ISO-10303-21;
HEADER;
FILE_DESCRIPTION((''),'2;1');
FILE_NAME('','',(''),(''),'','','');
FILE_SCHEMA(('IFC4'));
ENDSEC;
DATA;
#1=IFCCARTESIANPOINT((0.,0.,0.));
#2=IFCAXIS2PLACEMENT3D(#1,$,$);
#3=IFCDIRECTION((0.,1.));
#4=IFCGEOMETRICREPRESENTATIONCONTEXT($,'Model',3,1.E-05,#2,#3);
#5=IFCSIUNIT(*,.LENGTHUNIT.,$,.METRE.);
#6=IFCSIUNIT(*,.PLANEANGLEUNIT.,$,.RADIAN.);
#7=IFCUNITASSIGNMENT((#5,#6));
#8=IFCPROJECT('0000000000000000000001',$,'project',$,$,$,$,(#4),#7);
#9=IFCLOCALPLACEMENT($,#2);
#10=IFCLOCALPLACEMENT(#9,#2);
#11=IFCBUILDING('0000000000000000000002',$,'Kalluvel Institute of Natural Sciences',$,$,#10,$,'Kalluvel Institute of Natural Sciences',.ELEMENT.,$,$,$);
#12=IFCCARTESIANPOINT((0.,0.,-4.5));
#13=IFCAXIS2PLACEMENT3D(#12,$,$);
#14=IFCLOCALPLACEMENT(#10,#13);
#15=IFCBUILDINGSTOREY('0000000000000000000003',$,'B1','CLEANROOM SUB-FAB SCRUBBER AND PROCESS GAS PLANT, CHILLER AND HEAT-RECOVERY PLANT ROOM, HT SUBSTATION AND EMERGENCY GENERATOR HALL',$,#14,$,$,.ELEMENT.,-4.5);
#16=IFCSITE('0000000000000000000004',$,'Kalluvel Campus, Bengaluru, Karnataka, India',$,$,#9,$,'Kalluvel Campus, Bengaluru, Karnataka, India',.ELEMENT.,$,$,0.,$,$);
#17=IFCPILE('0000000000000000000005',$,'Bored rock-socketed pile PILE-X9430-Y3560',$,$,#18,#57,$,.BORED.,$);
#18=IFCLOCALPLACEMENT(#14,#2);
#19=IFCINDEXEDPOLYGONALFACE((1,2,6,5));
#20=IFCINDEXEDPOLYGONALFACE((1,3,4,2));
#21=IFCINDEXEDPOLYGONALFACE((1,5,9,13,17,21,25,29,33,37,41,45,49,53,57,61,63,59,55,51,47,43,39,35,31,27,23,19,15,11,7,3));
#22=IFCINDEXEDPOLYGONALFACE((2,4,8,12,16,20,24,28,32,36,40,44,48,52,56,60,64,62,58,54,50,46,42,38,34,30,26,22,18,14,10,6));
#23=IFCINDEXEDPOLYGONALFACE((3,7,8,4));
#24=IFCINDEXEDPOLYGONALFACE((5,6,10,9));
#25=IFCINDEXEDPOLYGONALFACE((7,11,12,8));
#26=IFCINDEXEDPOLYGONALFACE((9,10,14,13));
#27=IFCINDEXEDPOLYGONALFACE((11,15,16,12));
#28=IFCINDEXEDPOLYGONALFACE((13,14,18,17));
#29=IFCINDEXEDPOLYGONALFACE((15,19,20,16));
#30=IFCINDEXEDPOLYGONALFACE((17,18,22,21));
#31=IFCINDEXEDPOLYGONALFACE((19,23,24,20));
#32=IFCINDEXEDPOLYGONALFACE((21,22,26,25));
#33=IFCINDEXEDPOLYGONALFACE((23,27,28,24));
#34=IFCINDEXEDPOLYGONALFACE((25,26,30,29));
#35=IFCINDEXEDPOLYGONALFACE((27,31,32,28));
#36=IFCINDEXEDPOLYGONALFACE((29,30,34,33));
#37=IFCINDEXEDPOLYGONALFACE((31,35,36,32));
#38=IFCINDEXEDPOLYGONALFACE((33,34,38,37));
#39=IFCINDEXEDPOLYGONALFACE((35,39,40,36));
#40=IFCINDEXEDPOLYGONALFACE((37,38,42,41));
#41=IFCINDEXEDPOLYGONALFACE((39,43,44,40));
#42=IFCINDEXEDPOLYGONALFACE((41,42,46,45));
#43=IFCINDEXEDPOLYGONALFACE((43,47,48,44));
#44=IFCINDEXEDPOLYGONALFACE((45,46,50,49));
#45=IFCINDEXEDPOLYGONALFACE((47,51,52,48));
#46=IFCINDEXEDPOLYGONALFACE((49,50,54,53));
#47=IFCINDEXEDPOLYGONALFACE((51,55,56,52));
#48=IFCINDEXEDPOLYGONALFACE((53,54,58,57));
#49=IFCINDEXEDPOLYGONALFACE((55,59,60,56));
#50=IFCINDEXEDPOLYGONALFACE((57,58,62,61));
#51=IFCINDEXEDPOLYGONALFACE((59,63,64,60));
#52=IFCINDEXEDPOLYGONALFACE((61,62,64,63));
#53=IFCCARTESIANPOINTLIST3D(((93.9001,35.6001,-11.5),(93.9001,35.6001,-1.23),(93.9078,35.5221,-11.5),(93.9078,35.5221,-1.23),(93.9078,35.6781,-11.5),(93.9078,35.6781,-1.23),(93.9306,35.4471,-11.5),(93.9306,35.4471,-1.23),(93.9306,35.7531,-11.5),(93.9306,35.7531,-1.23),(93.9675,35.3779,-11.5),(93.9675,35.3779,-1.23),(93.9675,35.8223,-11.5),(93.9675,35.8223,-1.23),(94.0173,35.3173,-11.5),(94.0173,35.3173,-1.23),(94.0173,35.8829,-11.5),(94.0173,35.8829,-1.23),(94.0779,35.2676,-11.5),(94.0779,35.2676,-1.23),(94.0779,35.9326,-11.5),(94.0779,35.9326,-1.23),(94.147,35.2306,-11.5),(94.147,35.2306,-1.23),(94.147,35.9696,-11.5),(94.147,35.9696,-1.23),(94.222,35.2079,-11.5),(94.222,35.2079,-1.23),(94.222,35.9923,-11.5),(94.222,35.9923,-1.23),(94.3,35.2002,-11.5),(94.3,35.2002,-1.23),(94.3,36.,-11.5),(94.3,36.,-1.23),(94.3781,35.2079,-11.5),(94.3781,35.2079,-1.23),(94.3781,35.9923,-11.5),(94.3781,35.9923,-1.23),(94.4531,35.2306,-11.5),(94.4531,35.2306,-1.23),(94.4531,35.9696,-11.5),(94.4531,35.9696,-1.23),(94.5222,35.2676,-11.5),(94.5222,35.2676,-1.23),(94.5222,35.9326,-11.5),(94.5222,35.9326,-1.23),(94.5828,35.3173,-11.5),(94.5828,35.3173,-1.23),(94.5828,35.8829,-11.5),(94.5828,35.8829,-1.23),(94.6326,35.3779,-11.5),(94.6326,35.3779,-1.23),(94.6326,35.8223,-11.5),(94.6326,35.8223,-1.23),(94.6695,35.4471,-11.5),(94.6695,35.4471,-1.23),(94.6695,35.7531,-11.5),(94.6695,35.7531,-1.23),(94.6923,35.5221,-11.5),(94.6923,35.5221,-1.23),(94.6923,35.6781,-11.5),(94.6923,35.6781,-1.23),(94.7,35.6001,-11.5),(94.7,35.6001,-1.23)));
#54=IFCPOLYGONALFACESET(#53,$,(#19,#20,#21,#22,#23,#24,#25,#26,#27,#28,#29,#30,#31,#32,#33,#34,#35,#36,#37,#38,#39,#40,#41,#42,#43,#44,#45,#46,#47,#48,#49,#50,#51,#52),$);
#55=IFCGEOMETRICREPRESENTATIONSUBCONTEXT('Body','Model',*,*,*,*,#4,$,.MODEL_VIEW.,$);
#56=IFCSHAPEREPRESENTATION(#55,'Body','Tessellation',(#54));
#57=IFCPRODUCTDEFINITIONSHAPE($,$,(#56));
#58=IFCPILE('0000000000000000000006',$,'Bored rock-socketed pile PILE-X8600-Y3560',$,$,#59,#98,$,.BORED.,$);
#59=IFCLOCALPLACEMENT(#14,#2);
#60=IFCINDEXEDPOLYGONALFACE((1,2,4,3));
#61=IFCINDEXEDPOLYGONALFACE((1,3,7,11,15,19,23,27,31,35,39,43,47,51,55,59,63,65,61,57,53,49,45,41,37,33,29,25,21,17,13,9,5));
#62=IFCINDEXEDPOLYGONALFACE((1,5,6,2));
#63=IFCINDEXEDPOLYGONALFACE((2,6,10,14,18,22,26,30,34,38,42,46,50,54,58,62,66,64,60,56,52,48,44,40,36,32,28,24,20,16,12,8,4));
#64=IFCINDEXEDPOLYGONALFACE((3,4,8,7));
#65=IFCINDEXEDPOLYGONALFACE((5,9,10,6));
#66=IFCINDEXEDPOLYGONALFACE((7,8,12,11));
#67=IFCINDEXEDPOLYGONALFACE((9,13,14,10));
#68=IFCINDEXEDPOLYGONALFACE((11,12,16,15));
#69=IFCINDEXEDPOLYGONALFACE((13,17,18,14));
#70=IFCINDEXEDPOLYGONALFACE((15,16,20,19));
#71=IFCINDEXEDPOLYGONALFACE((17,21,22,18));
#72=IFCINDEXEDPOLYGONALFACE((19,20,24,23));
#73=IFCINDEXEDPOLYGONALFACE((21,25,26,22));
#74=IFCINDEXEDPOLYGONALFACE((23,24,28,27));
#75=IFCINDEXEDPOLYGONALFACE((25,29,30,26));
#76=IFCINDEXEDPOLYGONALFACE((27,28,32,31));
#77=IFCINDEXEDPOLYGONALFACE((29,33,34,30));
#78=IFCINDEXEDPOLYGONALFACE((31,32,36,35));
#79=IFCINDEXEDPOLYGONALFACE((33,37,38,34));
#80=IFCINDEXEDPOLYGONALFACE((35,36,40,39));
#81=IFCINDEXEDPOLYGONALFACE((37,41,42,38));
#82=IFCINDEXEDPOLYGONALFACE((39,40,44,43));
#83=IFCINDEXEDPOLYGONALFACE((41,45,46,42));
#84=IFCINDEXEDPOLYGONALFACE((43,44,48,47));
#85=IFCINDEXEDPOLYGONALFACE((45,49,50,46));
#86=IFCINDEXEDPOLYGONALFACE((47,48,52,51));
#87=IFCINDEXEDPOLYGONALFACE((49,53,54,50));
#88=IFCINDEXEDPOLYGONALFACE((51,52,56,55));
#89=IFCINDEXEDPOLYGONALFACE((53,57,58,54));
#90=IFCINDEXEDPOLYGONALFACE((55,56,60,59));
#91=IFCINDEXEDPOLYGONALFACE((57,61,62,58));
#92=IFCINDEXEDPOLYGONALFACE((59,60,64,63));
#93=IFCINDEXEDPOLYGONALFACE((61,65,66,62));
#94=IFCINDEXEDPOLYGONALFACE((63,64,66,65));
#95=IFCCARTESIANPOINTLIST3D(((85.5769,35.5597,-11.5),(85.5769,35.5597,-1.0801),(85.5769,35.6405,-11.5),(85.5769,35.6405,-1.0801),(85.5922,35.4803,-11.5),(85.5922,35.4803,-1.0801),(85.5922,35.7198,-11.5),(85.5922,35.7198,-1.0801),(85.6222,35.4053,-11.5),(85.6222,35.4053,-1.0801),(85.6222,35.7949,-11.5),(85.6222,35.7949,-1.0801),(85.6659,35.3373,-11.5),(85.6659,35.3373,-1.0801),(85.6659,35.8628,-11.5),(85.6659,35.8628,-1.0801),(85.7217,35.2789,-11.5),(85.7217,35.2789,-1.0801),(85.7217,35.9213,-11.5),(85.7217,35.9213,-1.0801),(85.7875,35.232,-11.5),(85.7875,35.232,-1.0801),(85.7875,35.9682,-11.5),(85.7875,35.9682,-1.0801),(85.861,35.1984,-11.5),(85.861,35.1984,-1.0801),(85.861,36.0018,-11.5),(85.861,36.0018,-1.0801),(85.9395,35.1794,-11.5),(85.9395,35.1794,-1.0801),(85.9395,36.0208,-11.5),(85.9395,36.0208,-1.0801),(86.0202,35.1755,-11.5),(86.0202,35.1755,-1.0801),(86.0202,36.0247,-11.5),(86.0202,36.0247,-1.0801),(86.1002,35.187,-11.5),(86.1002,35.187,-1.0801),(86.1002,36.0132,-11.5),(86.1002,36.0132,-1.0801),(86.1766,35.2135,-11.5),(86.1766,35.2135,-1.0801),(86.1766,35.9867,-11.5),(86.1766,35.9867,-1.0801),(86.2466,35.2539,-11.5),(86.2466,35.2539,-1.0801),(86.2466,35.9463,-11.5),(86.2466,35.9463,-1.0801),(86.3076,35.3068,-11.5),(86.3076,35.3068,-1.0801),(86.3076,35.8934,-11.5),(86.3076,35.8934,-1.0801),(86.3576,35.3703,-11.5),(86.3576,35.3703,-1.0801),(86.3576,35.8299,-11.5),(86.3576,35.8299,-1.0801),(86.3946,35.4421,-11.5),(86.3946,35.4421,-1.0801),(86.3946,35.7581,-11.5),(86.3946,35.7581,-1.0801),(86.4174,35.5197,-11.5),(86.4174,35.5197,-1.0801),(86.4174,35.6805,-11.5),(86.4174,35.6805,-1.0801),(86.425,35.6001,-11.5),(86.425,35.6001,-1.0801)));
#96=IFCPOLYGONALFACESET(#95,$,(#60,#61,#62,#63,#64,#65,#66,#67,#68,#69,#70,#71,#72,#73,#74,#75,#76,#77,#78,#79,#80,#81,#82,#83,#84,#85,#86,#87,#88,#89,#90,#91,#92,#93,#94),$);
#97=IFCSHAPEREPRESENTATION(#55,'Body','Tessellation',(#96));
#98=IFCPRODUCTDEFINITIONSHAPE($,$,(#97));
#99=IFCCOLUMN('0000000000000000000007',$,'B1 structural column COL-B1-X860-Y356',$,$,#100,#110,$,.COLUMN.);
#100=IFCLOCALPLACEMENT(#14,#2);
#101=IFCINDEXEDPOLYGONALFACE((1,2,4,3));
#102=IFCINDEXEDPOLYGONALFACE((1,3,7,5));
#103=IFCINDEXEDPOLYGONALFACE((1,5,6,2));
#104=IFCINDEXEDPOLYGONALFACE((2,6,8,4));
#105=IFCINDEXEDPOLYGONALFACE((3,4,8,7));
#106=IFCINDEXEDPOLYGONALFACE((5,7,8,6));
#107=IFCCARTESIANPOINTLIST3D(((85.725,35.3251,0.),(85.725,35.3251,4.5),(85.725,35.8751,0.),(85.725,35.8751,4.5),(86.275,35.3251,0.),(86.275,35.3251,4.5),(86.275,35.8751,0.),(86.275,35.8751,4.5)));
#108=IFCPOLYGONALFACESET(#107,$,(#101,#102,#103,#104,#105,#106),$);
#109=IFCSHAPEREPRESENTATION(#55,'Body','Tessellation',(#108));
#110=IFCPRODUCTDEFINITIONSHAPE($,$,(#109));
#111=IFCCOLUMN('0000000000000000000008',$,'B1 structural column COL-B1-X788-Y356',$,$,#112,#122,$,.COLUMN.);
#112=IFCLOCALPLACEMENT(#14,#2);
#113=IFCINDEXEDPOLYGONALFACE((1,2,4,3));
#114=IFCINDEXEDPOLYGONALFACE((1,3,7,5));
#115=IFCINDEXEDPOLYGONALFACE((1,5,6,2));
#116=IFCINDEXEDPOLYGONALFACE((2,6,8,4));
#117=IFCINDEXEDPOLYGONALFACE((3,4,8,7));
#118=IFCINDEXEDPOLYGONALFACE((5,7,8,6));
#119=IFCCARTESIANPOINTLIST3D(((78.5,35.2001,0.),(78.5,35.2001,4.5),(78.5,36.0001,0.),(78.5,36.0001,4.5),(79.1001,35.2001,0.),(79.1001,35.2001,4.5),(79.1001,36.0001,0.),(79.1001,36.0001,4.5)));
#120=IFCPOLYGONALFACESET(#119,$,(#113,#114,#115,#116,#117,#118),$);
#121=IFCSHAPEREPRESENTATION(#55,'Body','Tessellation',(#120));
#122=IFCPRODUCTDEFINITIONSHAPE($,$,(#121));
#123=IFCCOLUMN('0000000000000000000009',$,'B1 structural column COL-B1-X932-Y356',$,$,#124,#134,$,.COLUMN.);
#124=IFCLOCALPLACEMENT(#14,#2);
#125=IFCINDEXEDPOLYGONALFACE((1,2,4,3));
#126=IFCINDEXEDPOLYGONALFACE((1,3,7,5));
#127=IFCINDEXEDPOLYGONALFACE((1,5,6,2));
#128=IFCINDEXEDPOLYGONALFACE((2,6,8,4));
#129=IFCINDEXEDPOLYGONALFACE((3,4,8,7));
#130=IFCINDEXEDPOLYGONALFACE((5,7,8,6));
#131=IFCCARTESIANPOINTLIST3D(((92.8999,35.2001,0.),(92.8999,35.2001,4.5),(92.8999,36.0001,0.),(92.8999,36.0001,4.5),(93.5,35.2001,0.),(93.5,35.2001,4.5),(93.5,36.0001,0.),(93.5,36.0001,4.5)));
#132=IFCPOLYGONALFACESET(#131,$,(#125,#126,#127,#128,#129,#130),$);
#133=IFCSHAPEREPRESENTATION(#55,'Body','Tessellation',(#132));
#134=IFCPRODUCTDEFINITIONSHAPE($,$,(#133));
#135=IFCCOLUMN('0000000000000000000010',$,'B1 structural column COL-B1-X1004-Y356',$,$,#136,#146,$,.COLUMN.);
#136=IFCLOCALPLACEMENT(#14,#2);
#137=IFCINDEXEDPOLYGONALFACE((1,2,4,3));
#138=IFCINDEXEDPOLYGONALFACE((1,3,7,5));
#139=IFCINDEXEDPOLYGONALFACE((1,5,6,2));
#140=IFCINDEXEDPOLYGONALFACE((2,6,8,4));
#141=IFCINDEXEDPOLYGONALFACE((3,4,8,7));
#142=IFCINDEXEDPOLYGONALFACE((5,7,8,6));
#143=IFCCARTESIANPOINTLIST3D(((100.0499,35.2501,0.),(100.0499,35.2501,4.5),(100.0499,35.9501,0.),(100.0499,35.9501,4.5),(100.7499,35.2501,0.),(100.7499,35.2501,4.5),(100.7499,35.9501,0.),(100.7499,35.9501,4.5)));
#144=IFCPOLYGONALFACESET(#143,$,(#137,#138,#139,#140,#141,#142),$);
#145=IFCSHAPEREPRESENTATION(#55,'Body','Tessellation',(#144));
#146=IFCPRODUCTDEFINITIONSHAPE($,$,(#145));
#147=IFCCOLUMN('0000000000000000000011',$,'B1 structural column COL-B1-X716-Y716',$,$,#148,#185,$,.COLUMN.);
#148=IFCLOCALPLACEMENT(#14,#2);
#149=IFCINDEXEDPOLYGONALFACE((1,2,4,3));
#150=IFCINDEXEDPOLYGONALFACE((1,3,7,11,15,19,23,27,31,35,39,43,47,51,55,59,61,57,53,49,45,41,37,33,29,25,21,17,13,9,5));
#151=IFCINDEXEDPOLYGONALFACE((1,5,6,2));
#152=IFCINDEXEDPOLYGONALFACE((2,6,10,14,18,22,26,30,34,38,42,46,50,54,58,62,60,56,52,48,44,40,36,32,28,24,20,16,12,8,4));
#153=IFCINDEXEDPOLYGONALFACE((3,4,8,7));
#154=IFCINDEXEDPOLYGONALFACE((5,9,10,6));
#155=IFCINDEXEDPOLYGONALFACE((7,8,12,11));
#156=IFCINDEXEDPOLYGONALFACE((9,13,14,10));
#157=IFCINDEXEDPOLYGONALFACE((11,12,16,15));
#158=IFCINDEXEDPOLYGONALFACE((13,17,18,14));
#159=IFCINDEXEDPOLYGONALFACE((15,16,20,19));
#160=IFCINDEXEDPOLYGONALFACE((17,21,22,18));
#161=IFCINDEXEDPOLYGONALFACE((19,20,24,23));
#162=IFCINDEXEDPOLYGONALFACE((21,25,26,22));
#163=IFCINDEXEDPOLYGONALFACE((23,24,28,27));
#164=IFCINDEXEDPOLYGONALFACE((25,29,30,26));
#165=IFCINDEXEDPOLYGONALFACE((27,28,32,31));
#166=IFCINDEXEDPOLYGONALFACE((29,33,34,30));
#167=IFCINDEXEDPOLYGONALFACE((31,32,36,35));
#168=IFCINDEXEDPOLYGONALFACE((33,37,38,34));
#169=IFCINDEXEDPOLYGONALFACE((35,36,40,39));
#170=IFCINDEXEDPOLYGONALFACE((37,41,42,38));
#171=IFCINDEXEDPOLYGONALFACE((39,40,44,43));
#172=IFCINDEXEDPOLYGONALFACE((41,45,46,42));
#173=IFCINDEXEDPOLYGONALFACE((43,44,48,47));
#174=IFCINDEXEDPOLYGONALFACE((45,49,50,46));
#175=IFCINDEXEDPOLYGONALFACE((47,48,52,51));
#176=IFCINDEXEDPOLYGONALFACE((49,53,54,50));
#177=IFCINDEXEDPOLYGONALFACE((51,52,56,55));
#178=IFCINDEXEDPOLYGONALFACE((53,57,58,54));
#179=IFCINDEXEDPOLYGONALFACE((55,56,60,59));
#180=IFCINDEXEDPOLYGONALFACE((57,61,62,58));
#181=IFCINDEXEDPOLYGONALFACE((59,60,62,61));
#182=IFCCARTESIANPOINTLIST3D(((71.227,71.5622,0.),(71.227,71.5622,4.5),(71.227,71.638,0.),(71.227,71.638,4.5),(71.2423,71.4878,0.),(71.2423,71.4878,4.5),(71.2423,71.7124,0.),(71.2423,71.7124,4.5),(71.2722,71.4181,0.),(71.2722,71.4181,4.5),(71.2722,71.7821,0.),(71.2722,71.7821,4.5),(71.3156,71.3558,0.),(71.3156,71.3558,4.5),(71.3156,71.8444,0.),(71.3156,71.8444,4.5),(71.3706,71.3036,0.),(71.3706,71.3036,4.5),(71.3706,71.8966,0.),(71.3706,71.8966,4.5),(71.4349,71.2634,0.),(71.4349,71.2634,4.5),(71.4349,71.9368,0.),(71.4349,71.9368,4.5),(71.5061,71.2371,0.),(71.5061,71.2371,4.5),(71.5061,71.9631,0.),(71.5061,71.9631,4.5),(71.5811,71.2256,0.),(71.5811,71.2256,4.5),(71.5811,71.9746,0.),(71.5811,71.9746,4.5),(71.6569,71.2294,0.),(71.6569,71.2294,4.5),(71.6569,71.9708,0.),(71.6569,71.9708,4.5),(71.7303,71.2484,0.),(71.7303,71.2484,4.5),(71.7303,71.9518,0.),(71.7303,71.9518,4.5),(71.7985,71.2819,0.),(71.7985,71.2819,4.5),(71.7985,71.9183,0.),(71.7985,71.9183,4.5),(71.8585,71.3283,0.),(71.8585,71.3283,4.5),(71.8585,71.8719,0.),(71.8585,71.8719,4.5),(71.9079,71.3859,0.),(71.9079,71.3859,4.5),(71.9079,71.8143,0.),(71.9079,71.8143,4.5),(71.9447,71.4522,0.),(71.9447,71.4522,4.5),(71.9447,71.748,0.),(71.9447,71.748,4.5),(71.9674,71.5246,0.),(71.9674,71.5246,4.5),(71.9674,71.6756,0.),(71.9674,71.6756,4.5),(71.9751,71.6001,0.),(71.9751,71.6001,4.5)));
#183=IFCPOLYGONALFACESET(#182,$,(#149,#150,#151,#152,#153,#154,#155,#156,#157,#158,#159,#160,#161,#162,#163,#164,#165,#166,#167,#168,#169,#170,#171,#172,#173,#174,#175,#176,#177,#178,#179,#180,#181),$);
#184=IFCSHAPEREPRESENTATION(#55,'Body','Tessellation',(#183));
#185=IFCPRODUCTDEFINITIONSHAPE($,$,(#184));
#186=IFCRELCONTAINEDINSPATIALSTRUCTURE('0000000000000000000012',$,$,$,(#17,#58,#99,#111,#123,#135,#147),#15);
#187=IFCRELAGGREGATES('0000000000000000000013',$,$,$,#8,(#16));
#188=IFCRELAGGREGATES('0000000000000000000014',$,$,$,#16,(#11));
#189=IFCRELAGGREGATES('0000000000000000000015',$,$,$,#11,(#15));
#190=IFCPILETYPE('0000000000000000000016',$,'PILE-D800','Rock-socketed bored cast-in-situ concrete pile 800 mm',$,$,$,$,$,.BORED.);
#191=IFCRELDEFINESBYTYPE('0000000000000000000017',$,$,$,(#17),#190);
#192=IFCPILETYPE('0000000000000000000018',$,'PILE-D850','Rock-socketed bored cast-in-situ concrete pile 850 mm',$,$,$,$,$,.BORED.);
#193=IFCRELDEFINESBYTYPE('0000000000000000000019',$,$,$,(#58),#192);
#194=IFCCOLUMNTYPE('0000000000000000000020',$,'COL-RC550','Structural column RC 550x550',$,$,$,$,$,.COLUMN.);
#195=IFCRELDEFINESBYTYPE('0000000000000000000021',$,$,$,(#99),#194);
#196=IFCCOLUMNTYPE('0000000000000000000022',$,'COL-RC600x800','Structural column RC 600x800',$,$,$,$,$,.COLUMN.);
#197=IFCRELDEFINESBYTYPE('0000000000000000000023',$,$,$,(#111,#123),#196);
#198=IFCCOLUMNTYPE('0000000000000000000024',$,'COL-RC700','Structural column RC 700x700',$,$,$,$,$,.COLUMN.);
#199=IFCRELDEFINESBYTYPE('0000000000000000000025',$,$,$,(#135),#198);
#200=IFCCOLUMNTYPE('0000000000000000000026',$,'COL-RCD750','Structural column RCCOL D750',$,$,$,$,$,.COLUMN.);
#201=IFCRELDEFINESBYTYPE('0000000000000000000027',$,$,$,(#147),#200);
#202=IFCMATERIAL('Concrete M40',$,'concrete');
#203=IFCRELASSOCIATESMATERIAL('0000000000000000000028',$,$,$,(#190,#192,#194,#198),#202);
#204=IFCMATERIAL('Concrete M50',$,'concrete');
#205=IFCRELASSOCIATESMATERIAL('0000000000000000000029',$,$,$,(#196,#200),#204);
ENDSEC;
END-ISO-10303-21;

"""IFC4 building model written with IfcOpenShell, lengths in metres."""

from ifc_helpers import new_model, si_unit, direction, frame, origin, origin_2d, place, context, subcontext, project, spatial, rectangle, circle, extrude, material, material_profile, profile_set, type_object, element, save


model = new_model("IFC4")

# Units and contexts
model_context = context("Model", 3, precision=1e-05, world=origin(), true_north=direction((0.0, 1.0)))
body_context = subcontext(model_context, "Body", "Model", "MODEL_VIEW")
ifc_project = project(units=[si_unit("LENGTHUNIT", "METRE"), si_unit("PLANEANGLEUNIT", "RADIAN")], contexts=[model_context])

# Site, building, storey
site_placement = place(None, origin())
site = spatial("IfcSite", under=ifc_project, at=site_placement, Name="Kalluvel Campus, Bengaluru, Karnataka, India", LongName="Kalluvel Campus, Bengaluru, Karnataka, India", CompositionType="ELEMENT", RefElevation=0.0)
building_placement = place(site_placement, origin())
building = spatial("IfcBuilding", under=site, at=building_placement, Name="Kalluvel Institute of Natural Sciences", LongName="Kalluvel Institute of Natural Sciences", CompositionType="ELEMENT")
storey_placement = place(building_placement, frame((0.0, 0.0, -4.5)))
storey = spatial("IfcBuildingStorey", under=building, at=storey_placement, Name="B1", Description="CLEANROOM SUB-FAB SCRUBBER AND PROCESS GAS PLANT, CHILLER AND HEAT-RECOVERY PLANT ROOM, HT SUBSTATION AND EMERGENCY GENERATOR HALL", CompositionType="ELEMENT", Elevation=-4.5)

# Shared definitions
ifc_material_1 = material(Name="Concrete M40", Category="concrete")

# Piles
ifc_material_profile_1 = material_profile(ifc_material_1, circle(Radius=0.3999, at=origin_2d()), Name="PILE D800")
ifc_profile_set_1 = profile_set([ifc_material_profile_1], Name="Concrete M40")
pile_type_1 = type_object("IfcPileType", Name="PILE-D800", Description="Rock-socketed bored cast-in-situ concrete pile 800 mm", PredefinedType="BORED", material=ifc_profile_set_1)
for number, where, z_axis, x_axis, name in (
    (1, (94.3, 35.6001, -1.23), (0.0, 0.0, -1.0), (1.0, 0.0, 0.0), "Bored rock-socketed pile PILE-X9430-Y3560"),
):
    element("IfcPile", number, at=place(storey_placement, frame(where, z_axis=z_axis, x_axis=x_axis)), inside=storey, type_object=pile_type_1, Name=name, PredefinedType="BORED", context=body_context, shape_type="SweptSolid", body=[
        extrude(circle(Radius=0.3999, at=origin_2d()), origin(), (0.0, 0.0, 1.0), 10.27),
    ])
ifc_material_profile_2 = material_profile(ifc_material_1, circle(Radius=0.425, at=origin_2d()), Name="PILE D850")
ifc_profile_set_2 = profile_set([ifc_material_profile_2], Name="Concrete M40")
pile_type_2 = type_object("IfcPileType", Name="PILE-D850", Description="Rock-socketed bored cast-in-situ concrete pile 850 mm", PredefinedType="BORED", material=ifc_profile_set_2)
pile_placement = place(storey_placement, frame((86.0, 35.6001, -1.0801), z_axis=(0.0, 0.0, -1.0), x_axis=(1.0, 0.0, 0.0)))
element("IfcPile", 2, at=pile_placement, inside=storey, type_object=pile_type_2, Name="Bored rock-socketed pile PILE-X8600-Y3560", PredefinedType="BORED", context=body_context, shape_type="SweptSolid", body=[
    extrude(circle(Radius=0.425, at=origin_2d()), origin(), (0.0, 0.0, 1.0), 10.4199),
])

# Columns
ifc_material_profile_3 = material_profile(ifc_material_1, rectangle(XDim=0.55, YDim=0.55, at=origin_2d()), Name="RC 550x550")
ifc_profile_set_3 = profile_set([ifc_material_profile_3], Name="Concrete M40")
column_type_1 = type_object("IfcColumnType", Name="COL-RC550", Description="Structural column RC 550x550", PredefinedType="COLUMN", material=ifc_profile_set_3)
column_1_placement = place(storey_placement, frame((86.0, 35.6001, 0.0), z_axis=(0.0, 0.0, 1.0), x_axis=(1.0, 0.0, 0.0)))
element("IfcColumn", 3, at=column_1_placement, inside=storey, type_object=column_type_1, Name="B1 structural column COL-B1-X860-Y356", PredefinedType="COLUMN", context=body_context, shape_type="SweptSolid", body=[
    extrude(rectangle(XDim=0.55, YDim=0.55, at=origin_2d()), origin(), (0.0, 0.0, 1.0), 4.5),
])
ifc_material_2 = material(Name="Concrete M50", Category="concrete")
ifc_material_profile_4 = material_profile(ifc_material_2, rectangle(XDim=0.6001, YDim=0.8, at=origin_2d()), Name="RC 600x800")
ifc_profile_set_4 = profile_set([ifc_material_profile_4], Name="Concrete M50")
column_type_2 = type_object("IfcColumnType", Name="COL-RC600x800", Description="Structural column RC 600x800", PredefinedType="COLUMN", material=ifc_profile_set_4)
for number, where, z_axis, x_axis, name in (
    (4, (78.8, 35.6001, 0.0), (0.0, 0.0, 1.0), (1.0, 0.0, 0.0), "B1 structural column COL-B1-X788-Y356"),
    (5, (93.2, 35.6001, 0.0), (0.0, 0.0, 1.0), (1.0, 0.0, 0.0), "B1 structural column COL-B1-X932-Y356"),
):
    element("IfcColumn", number, at=place(storey_placement, frame(where, z_axis=z_axis, x_axis=x_axis)), inside=storey, type_object=column_type_2, Name=name, PredefinedType="COLUMN", context=body_context, shape_type="SweptSolid", body=[
        extrude(rectangle(XDim=0.6001, YDim=0.8, at=origin_2d()), origin(), (0.0, 0.0, 1.0), 4.5),
    ])
ifc_material_profile_5 = material_profile(ifc_material_1, rectangle(XDim=0.7, YDim=0.7, at=origin_2d()), Name="RC 700x700")
ifc_profile_set_5 = profile_set([ifc_material_profile_5], Name="Concrete M40")
column_type_3 = type_object("IfcColumnType", Name="COL-RC700", Description="Structural column RC 700x700", PredefinedType="COLUMN", material=ifc_profile_set_5)
column_2_placement = place(storey_placement, frame((100.3999, 35.6001, 0.0), z_axis=(0.0, 0.0, 1.0), x_axis=(1.0, 0.0, 0.0)))
element("IfcColumn", 6, at=column_2_placement, inside=storey, type_object=column_type_3, Name="B1 structural column COL-B1-X1004-Y356", PredefinedType="COLUMN", context=body_context, shape_type="SweptSolid", body=[
    extrude(rectangle(XDim=0.7, YDim=0.7, at=origin_2d()), origin(), (0.0, 0.0, 1.0), 4.5),
])
ifc_material_profile_6 = material_profile(ifc_material_2, circle(Radius=0.375, at=origin_2d()), Name="RCCOL D750")
ifc_profile_set_6 = profile_set([ifc_material_profile_6], Name="Concrete M50")
column_type_4 = type_object("IfcColumnType", Name="COL-RCD750", Description="Structural column RCCOL D750", PredefinedType="COLUMN", material=ifc_profile_set_6)
column_3_placement = place(storey_placement, frame((71.6001, 71.6001, 0.0), z_axis=(0.0, 0.0, 1.0), x_axis=(1.0, 0.0, 0.0)))
element("IfcColumn", 7, at=column_3_placement, inside=storey, type_object=column_type_4, Name="B1 structural column COL-B1-X716-Y716", PredefinedType="COLUMN", context=body_context, shape_type="SweptSolid", body=[
    extrude(circle(Radius=0.375, at=origin_2d()), origin(), (0.0, 0.0, 1.0), 4.5),
])

save(model, "model.ifc")
